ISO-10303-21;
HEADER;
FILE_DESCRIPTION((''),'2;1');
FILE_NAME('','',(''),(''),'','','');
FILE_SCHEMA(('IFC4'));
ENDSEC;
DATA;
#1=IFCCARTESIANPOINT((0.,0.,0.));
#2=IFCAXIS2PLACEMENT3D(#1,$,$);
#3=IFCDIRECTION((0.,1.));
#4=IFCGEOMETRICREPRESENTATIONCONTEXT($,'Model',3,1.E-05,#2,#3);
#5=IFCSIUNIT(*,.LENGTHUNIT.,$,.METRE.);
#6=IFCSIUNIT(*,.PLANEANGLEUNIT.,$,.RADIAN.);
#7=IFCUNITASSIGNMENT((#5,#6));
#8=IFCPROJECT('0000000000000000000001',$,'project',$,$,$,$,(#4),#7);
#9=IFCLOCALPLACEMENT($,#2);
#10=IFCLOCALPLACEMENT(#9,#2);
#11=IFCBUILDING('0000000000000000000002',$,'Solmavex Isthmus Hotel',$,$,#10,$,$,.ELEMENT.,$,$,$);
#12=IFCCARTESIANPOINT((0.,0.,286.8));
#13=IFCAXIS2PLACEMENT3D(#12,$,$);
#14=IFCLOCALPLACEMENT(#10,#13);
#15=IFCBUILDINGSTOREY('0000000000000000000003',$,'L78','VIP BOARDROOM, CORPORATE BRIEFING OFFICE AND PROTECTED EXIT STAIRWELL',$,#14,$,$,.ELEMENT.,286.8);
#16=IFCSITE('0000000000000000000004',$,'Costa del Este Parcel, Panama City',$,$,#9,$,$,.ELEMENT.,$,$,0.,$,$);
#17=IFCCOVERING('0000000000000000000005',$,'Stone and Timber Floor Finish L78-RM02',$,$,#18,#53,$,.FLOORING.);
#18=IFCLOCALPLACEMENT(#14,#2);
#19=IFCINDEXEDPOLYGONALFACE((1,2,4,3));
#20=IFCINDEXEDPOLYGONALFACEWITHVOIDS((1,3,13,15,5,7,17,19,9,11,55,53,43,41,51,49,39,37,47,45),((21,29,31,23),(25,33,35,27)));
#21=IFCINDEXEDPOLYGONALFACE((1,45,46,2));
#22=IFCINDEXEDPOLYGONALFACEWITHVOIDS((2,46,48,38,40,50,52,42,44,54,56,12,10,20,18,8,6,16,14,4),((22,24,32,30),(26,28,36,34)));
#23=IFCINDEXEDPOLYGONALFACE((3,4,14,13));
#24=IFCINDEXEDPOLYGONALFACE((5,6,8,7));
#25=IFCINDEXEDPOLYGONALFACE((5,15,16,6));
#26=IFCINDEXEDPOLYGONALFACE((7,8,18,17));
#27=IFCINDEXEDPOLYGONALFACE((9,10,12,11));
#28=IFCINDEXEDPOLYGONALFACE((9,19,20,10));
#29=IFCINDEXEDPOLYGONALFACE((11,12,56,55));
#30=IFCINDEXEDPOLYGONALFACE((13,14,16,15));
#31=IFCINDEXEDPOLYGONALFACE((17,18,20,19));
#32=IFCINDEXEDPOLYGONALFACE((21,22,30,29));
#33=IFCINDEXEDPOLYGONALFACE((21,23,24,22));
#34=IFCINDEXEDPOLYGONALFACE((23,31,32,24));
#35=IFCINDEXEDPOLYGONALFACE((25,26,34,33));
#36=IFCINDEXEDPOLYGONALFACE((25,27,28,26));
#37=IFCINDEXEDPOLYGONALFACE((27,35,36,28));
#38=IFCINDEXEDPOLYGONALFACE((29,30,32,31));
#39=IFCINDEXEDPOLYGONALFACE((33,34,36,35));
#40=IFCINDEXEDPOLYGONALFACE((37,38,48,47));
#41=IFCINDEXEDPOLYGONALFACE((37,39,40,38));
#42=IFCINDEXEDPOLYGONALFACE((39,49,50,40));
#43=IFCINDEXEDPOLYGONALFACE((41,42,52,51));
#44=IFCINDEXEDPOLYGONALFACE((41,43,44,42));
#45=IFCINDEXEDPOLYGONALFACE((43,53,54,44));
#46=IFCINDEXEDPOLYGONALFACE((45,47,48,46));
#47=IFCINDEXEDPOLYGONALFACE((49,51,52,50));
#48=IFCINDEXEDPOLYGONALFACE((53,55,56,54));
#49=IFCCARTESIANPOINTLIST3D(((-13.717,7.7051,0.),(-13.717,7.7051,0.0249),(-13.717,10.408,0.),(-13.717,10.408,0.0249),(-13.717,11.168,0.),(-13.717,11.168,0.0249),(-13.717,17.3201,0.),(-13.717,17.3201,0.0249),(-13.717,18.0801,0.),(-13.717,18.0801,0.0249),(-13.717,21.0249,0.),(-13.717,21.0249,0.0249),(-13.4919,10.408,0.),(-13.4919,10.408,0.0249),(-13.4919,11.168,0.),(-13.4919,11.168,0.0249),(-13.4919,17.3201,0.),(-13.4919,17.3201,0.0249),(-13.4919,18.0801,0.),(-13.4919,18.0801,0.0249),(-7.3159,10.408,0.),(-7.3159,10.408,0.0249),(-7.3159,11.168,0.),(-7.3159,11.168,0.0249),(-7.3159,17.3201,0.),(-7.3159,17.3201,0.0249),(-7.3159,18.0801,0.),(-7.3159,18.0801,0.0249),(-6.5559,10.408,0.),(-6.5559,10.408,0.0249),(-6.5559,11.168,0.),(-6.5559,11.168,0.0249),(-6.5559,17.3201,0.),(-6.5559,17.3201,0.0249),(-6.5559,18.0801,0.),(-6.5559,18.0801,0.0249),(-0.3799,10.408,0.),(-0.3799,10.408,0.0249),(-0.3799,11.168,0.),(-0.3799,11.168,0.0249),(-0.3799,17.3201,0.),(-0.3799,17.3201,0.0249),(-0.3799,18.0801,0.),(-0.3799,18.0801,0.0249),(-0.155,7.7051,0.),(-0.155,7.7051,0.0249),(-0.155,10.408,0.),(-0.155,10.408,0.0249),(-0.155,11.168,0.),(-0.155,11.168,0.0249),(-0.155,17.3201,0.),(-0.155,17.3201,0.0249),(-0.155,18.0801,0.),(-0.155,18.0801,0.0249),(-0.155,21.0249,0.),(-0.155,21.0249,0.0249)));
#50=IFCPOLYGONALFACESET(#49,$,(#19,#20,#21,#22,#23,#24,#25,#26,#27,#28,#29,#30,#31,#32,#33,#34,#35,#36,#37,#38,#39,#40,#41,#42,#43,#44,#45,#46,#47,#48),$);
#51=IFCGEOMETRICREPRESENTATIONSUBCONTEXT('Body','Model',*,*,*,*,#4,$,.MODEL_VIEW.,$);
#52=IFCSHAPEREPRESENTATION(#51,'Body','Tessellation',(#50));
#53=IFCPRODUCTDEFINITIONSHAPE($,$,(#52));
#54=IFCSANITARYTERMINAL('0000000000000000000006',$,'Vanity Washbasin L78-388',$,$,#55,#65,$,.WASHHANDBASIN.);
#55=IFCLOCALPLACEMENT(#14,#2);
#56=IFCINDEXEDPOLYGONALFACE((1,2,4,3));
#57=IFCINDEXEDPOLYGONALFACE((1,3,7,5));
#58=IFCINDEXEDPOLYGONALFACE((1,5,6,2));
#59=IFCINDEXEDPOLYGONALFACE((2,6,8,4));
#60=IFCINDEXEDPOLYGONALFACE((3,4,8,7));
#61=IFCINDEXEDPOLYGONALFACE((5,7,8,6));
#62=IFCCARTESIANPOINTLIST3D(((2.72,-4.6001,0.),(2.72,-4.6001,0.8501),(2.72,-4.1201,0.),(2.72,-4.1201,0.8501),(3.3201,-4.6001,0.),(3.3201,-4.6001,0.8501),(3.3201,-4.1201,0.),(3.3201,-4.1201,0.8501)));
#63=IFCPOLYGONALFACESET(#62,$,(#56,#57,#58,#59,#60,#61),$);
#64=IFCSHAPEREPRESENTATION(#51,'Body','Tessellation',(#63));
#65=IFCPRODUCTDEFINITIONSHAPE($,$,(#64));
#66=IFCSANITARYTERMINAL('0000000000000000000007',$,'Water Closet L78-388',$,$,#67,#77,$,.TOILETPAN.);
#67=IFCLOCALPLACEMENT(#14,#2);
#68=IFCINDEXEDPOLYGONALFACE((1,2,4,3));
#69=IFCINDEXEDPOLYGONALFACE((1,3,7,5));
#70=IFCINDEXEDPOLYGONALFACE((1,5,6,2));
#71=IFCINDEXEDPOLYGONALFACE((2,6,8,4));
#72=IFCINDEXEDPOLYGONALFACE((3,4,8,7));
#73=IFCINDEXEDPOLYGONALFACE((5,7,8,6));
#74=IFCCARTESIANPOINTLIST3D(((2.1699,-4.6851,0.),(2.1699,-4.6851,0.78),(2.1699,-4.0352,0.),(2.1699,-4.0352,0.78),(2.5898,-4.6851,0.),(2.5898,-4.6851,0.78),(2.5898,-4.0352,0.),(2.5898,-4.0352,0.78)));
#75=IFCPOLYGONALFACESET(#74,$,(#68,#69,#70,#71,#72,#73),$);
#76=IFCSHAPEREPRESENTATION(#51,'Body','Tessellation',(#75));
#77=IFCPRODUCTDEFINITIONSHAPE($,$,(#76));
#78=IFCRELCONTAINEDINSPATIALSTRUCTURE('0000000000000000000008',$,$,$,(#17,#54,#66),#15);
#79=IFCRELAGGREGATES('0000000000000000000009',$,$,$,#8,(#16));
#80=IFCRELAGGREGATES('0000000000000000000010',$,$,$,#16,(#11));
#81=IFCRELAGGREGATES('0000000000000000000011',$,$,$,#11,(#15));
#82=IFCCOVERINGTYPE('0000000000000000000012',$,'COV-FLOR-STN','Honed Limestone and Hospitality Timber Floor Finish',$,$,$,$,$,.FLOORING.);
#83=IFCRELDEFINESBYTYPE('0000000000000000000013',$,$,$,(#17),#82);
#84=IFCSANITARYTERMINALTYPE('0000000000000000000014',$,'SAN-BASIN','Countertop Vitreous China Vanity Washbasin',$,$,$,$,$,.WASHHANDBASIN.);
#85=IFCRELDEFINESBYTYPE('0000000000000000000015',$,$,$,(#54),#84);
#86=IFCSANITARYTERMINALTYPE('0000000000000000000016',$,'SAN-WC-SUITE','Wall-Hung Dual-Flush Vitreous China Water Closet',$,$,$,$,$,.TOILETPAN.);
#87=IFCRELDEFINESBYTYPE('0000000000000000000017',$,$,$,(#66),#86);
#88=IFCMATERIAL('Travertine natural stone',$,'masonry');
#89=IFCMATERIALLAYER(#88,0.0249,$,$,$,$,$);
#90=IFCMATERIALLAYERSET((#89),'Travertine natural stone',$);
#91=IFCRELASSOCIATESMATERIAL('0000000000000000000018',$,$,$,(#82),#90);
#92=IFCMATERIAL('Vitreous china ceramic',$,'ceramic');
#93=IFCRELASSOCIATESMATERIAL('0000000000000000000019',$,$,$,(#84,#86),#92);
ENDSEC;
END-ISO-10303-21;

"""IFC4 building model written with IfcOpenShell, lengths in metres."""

from ifc_helpers import new_model, si_unit, direction, frame, origin, origin_2d, place, context, subcontext, project, spatial, polyline, rectangle, outline, extrude, material, layer, layer_set, type_object, element, save


model = new_model("IFC4")

# Units and contexts
model_context = context("Model", 3, precision=1e-05, world=origin(), true_north=direction((0.0, 1.0)))
body_context = subcontext(model_context, "Body", "Model", "MODEL_VIEW")
ifc_project = project(units=[si_unit("LENGTHUNIT", "METRE"), si_unit("PLANEANGLEUNIT", "RADIAN")], contexts=[model_context])

# Site, building, storey
site_placement = place(None, origin())
site = spatial("IfcSite", under=ifc_project, at=site_placement, Name="Costa del Este Parcel, Panama City", CompositionType="ELEMENT", RefElevation=0.0)
building_placement = place(site_placement, origin())
building = spatial("IfcBuilding", under=site, at=building_placement, Name="Solmavex Isthmus Hotel", CompositionType="ELEMENT")
storey_placement = place(building_placement, frame((0.0, 0.0, 286.8)))
storey = spatial("IfcBuildingStorey", under=building, at=storey_placement, Name="L78", Description="VIP BOARDROOM, CORPORATE BRIEFING OFFICE AND PROTECTED EXIT STAIRWELL", CompositionType="ELEMENT", Elevation=286.8)

# Covering
ifc_material_1 = material(Name="Travertine natural stone", Category="masonry")
ifc_layer_1 = layer(ifc_material_1, 0.0249)
ifc_layer_set_1 = layer_set([ifc_layer_1], Name="Travertine natural stone")
covering_type_1 = type_object("IfcCoveringType", Name="COV-FLOR-STN", Description="Honed Limestone and Hospitality Timber Floor Finish", PredefinedType="FLOORING", material=ifc_layer_set_1)
covering_1_placement = place(storey_placement, origin())
element("IfcCovering", 1, at=covering_1_placement, inside=storey, type_object=covering_type_1, Name="Stone and Timber Floor Finish L78-RM02", PredefinedType="FLOORING", context=body_context, shape_type="SweptSolid", body=[
    extrude(outline(polyline([(-13.717, 11.168), (-13.4919, 11.168), (-13.4919, 10.408), (-13.717, 10.408), (-13.717, 7.7051), (-0.155, 7.7051), (-0.155, 10.408), (-0.3799, 10.408), (-0.3799, 11.168), (-0.155, 11.168), (-0.155, 17.3201), (-0.3799, 17.3201), (-0.3799, 18.0801), (-0.155, 18.0801), (-0.155, 21.0249), (-13.717, 21.0249), (-13.717, 18.0801), (-13.4919, 18.0801), (-13.4919, 17.3201), (-13.717, 17.3201), (-13.717, 11.168)]), holes=[polyline([(-7.3159, 10.408), (-7.3159, 11.168), (-6.5559, 11.168), (-6.5559, 10.408), (-7.3159, 10.408)]), polyline([(-7.3159, 17.3201), (-7.3159, 18.0801), (-6.5559, 18.0801), (-6.5559, 17.3201), (-7.3159, 17.3201)])]), origin(), (0.0, 0.0, 1.0), 0.0249),
])

# Sanitary terminals
ifc_material_2 = material(Name="Vitreous china ceramic", Category="ceramic")
sanitary_terminal_type_1 = type_object("IfcSanitaryTerminalType", Name="SAN-BASIN", Description="Countertop Vitreous China Vanity Washbasin", PredefinedType="WASHHANDBASIN", material=ifc_material_2)
sanitary_terminal_1_placement = place(storey_placement, frame((3.02, -4.3601, 0.0), z_axis=(0.0, 0.0, 1.0), x_axis=(1.0, 0.0, 0.0)))
element("IfcSanitaryTerminal", 2, at=sanitary_terminal_1_placement, inside=storey, type_object=sanitary_terminal_type_1, Name="Vanity Washbasin L78-388", PredefinedType="WASHHANDBASIN", context=body_context, shape_type="SweptSolid", body=[
    extrude(rectangle(XDim=0.6001, YDim=0.48, at=origin_2d()), origin(), (0.0, 0.0, 1.0), 0.8501),
])
sanitary_terminal_type_2 = type_object("IfcSanitaryTerminalType", Name="SAN-WC-SUITE", Description="Wall-Hung Dual-Flush Vitreous China Water Closet", PredefinedType="TOILETPAN", material=ifc_material_2)
sanitary_terminal_2_placement = place(storey_placement, frame((2.3799, -4.3601, 0.0), z_axis=(0.0, 0.0, 1.0), x_axis=(1.0, 0.0, 0.0)))
element("IfcSanitaryTerminal", 3, at=sanitary_terminal_2_placement, inside=storey, type_object=sanitary_terminal_type_2, Name="Water Closet L78-388", PredefinedType="TOILETPAN", context=body_context, shape_type="SweptSolid", body=[
    extrude(rectangle(XDim=0.4199, YDim=0.6499, at=origin_2d()), origin(), (0.0, 0.0, 1.0), 0.78),
])

save(model, "model.ifc")
